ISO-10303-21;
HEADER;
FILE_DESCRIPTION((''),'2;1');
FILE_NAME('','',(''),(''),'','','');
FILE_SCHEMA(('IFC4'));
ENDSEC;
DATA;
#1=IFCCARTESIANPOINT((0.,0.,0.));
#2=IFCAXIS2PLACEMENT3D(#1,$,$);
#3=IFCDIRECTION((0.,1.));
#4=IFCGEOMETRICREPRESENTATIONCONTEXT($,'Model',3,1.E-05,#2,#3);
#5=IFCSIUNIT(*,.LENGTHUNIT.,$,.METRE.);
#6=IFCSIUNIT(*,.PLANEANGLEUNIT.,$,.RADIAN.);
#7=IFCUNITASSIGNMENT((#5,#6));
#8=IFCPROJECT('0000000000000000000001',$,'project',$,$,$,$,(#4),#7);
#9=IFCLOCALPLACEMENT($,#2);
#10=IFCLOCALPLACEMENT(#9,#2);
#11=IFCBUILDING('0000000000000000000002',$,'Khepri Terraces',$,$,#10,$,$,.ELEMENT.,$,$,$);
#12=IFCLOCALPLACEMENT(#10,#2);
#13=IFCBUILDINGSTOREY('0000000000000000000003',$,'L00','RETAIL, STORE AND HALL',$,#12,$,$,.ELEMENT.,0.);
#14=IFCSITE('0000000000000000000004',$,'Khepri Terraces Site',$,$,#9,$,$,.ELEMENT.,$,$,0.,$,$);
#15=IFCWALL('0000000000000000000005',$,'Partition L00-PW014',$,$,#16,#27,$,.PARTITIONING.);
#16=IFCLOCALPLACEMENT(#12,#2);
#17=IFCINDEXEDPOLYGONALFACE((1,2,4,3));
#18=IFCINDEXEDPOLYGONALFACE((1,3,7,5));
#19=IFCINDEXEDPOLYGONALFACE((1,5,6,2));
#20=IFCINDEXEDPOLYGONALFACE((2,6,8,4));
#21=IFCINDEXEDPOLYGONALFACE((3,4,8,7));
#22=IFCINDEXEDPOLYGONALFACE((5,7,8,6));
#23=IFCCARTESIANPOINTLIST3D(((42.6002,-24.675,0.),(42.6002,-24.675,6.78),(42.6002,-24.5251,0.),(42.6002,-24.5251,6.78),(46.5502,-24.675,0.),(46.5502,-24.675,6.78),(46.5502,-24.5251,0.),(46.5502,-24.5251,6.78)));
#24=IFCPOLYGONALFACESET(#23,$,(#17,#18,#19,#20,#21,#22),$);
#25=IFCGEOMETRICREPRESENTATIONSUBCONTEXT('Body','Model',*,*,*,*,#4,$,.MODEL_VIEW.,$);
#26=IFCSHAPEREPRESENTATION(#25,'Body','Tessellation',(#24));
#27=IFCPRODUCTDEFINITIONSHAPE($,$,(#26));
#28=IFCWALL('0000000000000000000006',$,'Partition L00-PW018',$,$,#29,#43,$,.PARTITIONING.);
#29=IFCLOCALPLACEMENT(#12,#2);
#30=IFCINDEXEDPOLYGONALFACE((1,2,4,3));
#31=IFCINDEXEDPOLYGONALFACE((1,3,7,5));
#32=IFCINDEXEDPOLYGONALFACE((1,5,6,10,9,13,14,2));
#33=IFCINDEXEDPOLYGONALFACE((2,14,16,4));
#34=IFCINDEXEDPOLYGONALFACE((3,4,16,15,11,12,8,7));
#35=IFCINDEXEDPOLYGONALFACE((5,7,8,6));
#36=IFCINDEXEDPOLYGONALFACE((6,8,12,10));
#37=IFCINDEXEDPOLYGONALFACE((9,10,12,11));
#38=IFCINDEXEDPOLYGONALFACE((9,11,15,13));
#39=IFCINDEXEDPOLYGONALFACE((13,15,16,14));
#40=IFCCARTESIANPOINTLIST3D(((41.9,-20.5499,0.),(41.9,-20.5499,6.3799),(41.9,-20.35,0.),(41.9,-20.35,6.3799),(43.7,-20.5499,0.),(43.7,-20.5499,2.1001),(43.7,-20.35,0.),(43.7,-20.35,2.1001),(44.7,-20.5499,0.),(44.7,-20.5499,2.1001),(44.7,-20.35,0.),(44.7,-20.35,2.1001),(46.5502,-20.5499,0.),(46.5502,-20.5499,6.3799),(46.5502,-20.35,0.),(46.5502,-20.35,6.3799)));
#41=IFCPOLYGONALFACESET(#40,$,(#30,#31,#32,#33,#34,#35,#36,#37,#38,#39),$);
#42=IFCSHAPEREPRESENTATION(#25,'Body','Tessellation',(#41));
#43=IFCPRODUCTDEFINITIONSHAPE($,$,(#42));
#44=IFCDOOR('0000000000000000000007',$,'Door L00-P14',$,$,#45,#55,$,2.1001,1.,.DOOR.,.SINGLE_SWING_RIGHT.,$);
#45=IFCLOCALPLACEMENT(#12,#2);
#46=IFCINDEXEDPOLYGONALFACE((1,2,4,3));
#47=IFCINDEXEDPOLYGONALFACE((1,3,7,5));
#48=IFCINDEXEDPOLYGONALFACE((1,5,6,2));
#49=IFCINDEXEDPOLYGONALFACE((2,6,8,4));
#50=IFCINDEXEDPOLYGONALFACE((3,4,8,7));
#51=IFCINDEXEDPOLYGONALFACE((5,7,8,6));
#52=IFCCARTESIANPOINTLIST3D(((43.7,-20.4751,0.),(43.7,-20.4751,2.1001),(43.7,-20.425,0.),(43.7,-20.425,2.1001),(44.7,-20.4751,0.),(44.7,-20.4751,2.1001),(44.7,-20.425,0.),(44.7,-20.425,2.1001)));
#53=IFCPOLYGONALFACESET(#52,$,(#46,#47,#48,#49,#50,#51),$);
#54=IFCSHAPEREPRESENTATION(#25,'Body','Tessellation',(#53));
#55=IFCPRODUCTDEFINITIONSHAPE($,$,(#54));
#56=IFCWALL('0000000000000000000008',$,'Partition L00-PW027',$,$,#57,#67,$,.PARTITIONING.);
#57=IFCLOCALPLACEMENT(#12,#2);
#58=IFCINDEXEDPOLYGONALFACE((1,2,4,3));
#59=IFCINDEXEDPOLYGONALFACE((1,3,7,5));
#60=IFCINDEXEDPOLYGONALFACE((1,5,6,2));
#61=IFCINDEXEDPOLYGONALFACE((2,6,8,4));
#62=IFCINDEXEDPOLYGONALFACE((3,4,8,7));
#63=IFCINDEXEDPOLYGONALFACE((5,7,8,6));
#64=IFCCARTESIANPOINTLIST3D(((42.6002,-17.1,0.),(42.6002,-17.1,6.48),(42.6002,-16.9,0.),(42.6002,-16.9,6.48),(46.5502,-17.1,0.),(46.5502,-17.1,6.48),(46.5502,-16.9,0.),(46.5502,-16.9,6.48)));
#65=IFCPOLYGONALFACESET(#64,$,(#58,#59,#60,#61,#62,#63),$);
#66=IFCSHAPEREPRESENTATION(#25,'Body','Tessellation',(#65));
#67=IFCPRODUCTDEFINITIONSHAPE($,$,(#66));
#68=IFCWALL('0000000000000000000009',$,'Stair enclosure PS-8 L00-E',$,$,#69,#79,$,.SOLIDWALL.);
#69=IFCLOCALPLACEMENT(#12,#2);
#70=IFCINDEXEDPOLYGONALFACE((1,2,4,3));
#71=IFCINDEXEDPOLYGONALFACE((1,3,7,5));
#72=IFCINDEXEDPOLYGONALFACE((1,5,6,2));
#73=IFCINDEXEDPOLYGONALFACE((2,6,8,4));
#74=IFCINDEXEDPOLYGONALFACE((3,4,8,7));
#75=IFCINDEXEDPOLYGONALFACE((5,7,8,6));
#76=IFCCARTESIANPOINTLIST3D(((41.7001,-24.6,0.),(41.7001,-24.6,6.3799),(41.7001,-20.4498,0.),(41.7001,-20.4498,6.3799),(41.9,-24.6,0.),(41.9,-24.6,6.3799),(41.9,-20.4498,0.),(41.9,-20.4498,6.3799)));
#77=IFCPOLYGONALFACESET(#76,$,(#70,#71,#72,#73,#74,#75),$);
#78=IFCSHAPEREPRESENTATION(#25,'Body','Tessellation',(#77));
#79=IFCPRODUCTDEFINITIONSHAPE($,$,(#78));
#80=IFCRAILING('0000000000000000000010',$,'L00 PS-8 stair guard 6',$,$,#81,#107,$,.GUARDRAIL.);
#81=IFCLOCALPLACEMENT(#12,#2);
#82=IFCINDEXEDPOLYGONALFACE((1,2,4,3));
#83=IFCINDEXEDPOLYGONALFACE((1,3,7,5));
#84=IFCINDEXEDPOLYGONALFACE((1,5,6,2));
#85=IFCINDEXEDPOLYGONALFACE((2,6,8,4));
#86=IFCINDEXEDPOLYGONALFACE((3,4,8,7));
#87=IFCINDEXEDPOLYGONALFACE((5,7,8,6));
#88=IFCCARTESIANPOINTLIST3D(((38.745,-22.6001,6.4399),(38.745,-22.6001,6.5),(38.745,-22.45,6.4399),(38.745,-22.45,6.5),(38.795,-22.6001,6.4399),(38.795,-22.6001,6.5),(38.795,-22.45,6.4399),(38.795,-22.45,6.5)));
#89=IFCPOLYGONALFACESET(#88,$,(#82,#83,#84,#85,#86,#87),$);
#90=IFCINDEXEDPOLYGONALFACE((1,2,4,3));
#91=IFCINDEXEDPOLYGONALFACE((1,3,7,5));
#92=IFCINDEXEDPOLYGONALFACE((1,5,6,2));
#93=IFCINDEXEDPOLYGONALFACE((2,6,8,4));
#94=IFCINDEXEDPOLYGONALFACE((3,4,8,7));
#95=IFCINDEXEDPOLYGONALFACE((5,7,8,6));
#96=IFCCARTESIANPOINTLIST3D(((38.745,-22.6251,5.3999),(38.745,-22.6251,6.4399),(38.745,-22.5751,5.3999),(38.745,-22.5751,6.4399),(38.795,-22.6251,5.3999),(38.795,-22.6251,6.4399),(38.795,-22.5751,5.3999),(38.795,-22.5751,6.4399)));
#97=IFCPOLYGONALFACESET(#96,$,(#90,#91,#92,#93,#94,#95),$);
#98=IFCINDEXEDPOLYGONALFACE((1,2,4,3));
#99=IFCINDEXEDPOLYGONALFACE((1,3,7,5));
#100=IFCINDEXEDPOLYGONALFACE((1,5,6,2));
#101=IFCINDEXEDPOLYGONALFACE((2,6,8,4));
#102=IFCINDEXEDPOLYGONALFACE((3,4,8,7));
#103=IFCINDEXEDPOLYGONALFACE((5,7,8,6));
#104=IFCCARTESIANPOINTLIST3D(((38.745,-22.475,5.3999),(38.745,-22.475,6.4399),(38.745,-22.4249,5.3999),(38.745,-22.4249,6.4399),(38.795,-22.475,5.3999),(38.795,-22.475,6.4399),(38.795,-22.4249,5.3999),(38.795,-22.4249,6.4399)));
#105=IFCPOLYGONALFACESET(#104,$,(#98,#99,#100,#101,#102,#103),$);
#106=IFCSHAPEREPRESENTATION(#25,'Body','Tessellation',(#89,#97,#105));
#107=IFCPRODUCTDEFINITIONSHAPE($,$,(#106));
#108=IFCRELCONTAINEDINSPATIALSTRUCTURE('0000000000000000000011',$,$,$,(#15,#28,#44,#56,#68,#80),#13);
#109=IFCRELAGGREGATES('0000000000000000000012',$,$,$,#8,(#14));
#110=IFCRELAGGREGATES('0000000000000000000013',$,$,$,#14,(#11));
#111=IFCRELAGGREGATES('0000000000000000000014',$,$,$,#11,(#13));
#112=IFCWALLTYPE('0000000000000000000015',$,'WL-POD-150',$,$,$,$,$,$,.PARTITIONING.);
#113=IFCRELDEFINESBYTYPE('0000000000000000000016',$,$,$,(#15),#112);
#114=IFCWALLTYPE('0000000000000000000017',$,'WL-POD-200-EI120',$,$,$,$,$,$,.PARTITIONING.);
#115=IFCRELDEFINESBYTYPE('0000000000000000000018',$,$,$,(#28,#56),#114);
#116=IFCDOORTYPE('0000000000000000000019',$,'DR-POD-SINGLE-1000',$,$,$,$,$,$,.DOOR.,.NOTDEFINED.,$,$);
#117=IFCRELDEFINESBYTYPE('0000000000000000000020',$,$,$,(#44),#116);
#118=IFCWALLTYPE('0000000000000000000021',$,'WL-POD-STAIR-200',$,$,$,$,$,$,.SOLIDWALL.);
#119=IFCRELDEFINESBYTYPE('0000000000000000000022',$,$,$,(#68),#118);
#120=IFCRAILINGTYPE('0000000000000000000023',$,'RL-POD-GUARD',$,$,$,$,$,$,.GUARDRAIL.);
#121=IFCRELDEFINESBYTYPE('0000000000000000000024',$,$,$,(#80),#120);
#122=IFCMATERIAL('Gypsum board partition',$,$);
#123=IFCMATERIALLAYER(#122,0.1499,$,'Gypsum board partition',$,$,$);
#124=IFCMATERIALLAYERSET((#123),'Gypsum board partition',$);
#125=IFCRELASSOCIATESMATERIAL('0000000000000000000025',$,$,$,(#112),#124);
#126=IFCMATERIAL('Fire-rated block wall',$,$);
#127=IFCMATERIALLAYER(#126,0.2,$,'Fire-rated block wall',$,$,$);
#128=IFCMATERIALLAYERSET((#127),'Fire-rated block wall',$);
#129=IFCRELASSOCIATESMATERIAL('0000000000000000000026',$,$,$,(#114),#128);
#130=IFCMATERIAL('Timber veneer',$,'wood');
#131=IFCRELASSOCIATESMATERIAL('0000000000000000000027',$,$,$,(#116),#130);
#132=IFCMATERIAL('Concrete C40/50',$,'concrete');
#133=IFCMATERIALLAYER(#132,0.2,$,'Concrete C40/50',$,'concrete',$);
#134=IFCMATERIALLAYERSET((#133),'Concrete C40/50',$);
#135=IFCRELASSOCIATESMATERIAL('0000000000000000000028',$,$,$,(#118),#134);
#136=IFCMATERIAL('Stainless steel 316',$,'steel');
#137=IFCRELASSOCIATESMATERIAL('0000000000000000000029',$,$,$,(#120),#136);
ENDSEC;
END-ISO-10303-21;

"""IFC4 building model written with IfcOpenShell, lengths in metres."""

from ifc_helpers import new_model, si_unit, direction, frame, frame_2d, origin, origin_2d, place, context, subcontext, project, spatial, rectangle, extrude, material, layer, layer_set, type_object, element, fill, save


model = new_model("IFC4")

# Units and contexts
model_context = context("Model", 3, precision=1e-05, world=origin(), true_north=direction((0.0, 1.0)))
body_context = subcontext(model_context, "Body", "Model", "MODEL_VIEW")
ifc_project = project(units=[si_unit("LENGTHUNIT", "METRE"), si_unit("PLANEANGLEUNIT", "RADIAN")], contexts=[model_context])

# Site, building, storey
site_placement = place(None, origin())
site = spatial("IfcSite", under=ifc_project, at=site_placement, Name="Khepri Terraces Site", CompositionType="ELEMENT", RefElevation=0.0)
building_placement = place(site_placement, origin())
building = spatial("IfcBuilding", under=site, at=building_placement, Name="Khepri Terraces", CompositionType="ELEMENT")
storey_placement = place(building_placement, origin())
storey = spatial("IfcBuildingStorey", under=building, at=storey_placement, Name="L00", Description="RETAIL, STORE AND HALL", CompositionType="ELEMENT", Elevation=0.0)

# Wall
ifc_material_1 = material(Name="Gypsum board partition")
ifc_layer_1 = layer(ifc_material_1, 0.1499, Name="Gypsum board partition")
ifc_layer_set_1 = layer_set([ifc_layer_1], Name="Gypsum board partition")
wall_type_1 = type_object("IfcWallType", Name="WL-POD-150", PredefinedType="PARTITIONING", material=ifc_layer_set_1)
wall_1_placement = place(storey_placement, frame((42.6001, -24.6001, 0.0), z_axis=(0.0, 0.0, 1.0), x_axis=(1.0, 0.0, 0.0)))
element("IfcWall", 1, at=wall_1_placement, inside=storey, type_object=wall_type_1, Name="Partition L00-PW014", PredefinedType="PARTITIONING", context=body_context, shape_type="SweptSolid", body=[
    extrude(rectangle(XDim=3.95, YDim=0.1499, at=frame_2d((1.9751, 0.0))), origin(), (0.0, 0.0, 1.0), 6.78),
])

# Wall, opening, door
ifc_material_2 = material(Name="Fire-rated block wall")
ifc_layer_2 = layer(ifc_material_2, 0.2, Name="Fire-rated block wall")
ifc_layer_set_2 = layer_set([ifc_layer_2], Name="Fire-rated block wall")
wall_type_2 = type_object("IfcWallType", Name="WL-POD-200-EI120", PredefinedType="PARTITIONING", material=ifc_layer_set_2)
wall_2_placement = place(storey_placement, frame((41.8999, -20.45, 0.0), z_axis=(0.0, 0.0, 1.0), x_axis=(1.0, 0.0, 0.0)))
wall_2 = element("IfcWall", 2, at=wall_2_placement, inside=storey, type_object=wall_type_2, Name="Partition L00-PW018", PredefinedType="PARTITIONING", context=body_context, shape_type="SweptSolid", body=[
    extrude(rectangle(XDim=4.6501, YDim=0.2, at=frame_2d((2.3252, 0.0))), origin(), (0.0, 0.0, 1.0), 6.3799),
])
opening_1_placement = place(wall_2_placement, frame((1.8, 0.0, 0.0)))
opening_1 = element("IfcOpeningElement", 3, at=opening_1_placement, cuts=wall_2, PredefinedType="OPENING", context=body_context, shape_type="SweptSolid", body=[
    extrude(rectangle(XDim=1.0, YDim=2.1001, at=frame_2d((0.5, 1.05))), frame((0.0, 0.1099, 0.0), z_axis=(0.0, -1.0, 0.0), x_axis=(1.0, 0.0, 0.0)), (0.0, 0.0, 1.0), 0.22),
])
ifc_material_3 = material(Name="Timber veneer", Category="wood")
door_type_1 = type_object("IfcDoorType", Name="DR-POD-SINGLE-1000", OperationType="NOTDEFINED", PredefinedType="DOOR", material=ifc_material_3)
door_1_placement = place(opening_1_placement, origin())
door_1 = element("IfcDoor", 4, at=door_1_placement, inside=storey, type_object=door_type_1, Name="Door L00-P14", OperationType="SINGLE_SWING_RIGHT", OverallHeight=2.1001, OverallWidth=1.0, PredefinedType="DOOR", context=body_context, shape_type="SweptSolid", body=[
    extrude(rectangle(XDim=1.0, YDim=2.1001, at=frame_2d((0.5, 1.05))), frame((0.0, 0.0249, 0.0), z_axis=(0.0, -1.0, 0.0), x_axis=(1.0, 0.0, 0.0)), (0.0, 0.0, 1.0), 0.05),
])
fill(opening_1, door_1)

# Walls
wall_3_placement = place(storey_placement, frame((42.6001, -17.0, 0.0), z_axis=(0.0, 0.0, 1.0), x_axis=(1.0, 0.0, 0.0)))
element("IfcWall", 5, at=wall_3_placement, inside=storey, type_object=wall_type_2, Name="Partition L00-PW027", PredefinedType="PARTITIONING", context=body_context, shape_type="SweptSolid", body=[
    extrude(rectangle(XDim=3.95, YDim=0.2, at=frame_2d((1.9751, 0.0))), origin(), (0.0, 0.0, 1.0), 6.48),
])
ifc_material_4 = material(Name="Concrete C40/50", Category="concrete")
ifc_layer_3 = layer(ifc_material_4, 0.2, Name="Concrete C40/50", Category="concrete")
ifc_layer_set_3 = layer_set([ifc_layer_3], Name="Concrete C40/50")
wall_type_3 = type_object("IfcWallType", Name="WL-POD-STAIR-200", PredefinedType="SOLIDWALL", material=ifc_layer_set_3)
wall_4_placement = place(storey_placement, frame((41.8, -24.6001, 0.0), z_axis=(0.0, 0.0, 1.0), x_axis=(0.0, 1.0, 0.0)))
element("IfcWall", 6, at=wall_4_placement, inside=storey, type_object=wall_type_3, Name="Stair enclosure PS-8 L00-E", PredefinedType="SOLIDWALL", context=body_context, shape_type="SweptSolid", body=[
    extrude(rectangle(XDim=4.1501, YDim=0.2, at=frame_2d((2.0752, 0.0))), origin(), (0.0, 0.0, 1.0), 6.3799),
])

# Railing
ifc_material_5 = material(Name="Stainless steel 316", Category="steel")
railing_type = type_object("IfcRailingType", Name="RL-POD-GUARD", PredefinedType="GUARDRAIL", material=ifc_material_5)
railing_placement = place(storey_placement, frame((38.77, -22.6001, 5.3999)))
element("IfcRailing", 7, at=railing_placement, inside=storey, type_object=railing_type, Name="L00 PS-8 stair guard 6", PredefinedType="GUARDRAIL", context=body_context, shape_type="SweptSolid", body=[
    extrude(rectangle(XDim=0.05, YDim=0.0601, at=origin_2d()), frame((0.0, 0.0, 1.0701), z_axis=(0.0, 1.0, 0.0), x_axis=(-1.0, 0.0, 0.0)), (0.0, 0.0, 1.0), 0.1501),
    extrude(rectangle(XDim=0.05, YDim=0.05, at=origin_2d()), origin(), (0.0, 0.0, 1.0), 1.04),
    extrude(rectangle(XDim=0.05, YDim=0.05, at=origin_2d()), frame((0.0, 0.1501, 0.0)), (0.0, 0.0, 1.0), 1.04),
])

save(model, "model.ifc")
